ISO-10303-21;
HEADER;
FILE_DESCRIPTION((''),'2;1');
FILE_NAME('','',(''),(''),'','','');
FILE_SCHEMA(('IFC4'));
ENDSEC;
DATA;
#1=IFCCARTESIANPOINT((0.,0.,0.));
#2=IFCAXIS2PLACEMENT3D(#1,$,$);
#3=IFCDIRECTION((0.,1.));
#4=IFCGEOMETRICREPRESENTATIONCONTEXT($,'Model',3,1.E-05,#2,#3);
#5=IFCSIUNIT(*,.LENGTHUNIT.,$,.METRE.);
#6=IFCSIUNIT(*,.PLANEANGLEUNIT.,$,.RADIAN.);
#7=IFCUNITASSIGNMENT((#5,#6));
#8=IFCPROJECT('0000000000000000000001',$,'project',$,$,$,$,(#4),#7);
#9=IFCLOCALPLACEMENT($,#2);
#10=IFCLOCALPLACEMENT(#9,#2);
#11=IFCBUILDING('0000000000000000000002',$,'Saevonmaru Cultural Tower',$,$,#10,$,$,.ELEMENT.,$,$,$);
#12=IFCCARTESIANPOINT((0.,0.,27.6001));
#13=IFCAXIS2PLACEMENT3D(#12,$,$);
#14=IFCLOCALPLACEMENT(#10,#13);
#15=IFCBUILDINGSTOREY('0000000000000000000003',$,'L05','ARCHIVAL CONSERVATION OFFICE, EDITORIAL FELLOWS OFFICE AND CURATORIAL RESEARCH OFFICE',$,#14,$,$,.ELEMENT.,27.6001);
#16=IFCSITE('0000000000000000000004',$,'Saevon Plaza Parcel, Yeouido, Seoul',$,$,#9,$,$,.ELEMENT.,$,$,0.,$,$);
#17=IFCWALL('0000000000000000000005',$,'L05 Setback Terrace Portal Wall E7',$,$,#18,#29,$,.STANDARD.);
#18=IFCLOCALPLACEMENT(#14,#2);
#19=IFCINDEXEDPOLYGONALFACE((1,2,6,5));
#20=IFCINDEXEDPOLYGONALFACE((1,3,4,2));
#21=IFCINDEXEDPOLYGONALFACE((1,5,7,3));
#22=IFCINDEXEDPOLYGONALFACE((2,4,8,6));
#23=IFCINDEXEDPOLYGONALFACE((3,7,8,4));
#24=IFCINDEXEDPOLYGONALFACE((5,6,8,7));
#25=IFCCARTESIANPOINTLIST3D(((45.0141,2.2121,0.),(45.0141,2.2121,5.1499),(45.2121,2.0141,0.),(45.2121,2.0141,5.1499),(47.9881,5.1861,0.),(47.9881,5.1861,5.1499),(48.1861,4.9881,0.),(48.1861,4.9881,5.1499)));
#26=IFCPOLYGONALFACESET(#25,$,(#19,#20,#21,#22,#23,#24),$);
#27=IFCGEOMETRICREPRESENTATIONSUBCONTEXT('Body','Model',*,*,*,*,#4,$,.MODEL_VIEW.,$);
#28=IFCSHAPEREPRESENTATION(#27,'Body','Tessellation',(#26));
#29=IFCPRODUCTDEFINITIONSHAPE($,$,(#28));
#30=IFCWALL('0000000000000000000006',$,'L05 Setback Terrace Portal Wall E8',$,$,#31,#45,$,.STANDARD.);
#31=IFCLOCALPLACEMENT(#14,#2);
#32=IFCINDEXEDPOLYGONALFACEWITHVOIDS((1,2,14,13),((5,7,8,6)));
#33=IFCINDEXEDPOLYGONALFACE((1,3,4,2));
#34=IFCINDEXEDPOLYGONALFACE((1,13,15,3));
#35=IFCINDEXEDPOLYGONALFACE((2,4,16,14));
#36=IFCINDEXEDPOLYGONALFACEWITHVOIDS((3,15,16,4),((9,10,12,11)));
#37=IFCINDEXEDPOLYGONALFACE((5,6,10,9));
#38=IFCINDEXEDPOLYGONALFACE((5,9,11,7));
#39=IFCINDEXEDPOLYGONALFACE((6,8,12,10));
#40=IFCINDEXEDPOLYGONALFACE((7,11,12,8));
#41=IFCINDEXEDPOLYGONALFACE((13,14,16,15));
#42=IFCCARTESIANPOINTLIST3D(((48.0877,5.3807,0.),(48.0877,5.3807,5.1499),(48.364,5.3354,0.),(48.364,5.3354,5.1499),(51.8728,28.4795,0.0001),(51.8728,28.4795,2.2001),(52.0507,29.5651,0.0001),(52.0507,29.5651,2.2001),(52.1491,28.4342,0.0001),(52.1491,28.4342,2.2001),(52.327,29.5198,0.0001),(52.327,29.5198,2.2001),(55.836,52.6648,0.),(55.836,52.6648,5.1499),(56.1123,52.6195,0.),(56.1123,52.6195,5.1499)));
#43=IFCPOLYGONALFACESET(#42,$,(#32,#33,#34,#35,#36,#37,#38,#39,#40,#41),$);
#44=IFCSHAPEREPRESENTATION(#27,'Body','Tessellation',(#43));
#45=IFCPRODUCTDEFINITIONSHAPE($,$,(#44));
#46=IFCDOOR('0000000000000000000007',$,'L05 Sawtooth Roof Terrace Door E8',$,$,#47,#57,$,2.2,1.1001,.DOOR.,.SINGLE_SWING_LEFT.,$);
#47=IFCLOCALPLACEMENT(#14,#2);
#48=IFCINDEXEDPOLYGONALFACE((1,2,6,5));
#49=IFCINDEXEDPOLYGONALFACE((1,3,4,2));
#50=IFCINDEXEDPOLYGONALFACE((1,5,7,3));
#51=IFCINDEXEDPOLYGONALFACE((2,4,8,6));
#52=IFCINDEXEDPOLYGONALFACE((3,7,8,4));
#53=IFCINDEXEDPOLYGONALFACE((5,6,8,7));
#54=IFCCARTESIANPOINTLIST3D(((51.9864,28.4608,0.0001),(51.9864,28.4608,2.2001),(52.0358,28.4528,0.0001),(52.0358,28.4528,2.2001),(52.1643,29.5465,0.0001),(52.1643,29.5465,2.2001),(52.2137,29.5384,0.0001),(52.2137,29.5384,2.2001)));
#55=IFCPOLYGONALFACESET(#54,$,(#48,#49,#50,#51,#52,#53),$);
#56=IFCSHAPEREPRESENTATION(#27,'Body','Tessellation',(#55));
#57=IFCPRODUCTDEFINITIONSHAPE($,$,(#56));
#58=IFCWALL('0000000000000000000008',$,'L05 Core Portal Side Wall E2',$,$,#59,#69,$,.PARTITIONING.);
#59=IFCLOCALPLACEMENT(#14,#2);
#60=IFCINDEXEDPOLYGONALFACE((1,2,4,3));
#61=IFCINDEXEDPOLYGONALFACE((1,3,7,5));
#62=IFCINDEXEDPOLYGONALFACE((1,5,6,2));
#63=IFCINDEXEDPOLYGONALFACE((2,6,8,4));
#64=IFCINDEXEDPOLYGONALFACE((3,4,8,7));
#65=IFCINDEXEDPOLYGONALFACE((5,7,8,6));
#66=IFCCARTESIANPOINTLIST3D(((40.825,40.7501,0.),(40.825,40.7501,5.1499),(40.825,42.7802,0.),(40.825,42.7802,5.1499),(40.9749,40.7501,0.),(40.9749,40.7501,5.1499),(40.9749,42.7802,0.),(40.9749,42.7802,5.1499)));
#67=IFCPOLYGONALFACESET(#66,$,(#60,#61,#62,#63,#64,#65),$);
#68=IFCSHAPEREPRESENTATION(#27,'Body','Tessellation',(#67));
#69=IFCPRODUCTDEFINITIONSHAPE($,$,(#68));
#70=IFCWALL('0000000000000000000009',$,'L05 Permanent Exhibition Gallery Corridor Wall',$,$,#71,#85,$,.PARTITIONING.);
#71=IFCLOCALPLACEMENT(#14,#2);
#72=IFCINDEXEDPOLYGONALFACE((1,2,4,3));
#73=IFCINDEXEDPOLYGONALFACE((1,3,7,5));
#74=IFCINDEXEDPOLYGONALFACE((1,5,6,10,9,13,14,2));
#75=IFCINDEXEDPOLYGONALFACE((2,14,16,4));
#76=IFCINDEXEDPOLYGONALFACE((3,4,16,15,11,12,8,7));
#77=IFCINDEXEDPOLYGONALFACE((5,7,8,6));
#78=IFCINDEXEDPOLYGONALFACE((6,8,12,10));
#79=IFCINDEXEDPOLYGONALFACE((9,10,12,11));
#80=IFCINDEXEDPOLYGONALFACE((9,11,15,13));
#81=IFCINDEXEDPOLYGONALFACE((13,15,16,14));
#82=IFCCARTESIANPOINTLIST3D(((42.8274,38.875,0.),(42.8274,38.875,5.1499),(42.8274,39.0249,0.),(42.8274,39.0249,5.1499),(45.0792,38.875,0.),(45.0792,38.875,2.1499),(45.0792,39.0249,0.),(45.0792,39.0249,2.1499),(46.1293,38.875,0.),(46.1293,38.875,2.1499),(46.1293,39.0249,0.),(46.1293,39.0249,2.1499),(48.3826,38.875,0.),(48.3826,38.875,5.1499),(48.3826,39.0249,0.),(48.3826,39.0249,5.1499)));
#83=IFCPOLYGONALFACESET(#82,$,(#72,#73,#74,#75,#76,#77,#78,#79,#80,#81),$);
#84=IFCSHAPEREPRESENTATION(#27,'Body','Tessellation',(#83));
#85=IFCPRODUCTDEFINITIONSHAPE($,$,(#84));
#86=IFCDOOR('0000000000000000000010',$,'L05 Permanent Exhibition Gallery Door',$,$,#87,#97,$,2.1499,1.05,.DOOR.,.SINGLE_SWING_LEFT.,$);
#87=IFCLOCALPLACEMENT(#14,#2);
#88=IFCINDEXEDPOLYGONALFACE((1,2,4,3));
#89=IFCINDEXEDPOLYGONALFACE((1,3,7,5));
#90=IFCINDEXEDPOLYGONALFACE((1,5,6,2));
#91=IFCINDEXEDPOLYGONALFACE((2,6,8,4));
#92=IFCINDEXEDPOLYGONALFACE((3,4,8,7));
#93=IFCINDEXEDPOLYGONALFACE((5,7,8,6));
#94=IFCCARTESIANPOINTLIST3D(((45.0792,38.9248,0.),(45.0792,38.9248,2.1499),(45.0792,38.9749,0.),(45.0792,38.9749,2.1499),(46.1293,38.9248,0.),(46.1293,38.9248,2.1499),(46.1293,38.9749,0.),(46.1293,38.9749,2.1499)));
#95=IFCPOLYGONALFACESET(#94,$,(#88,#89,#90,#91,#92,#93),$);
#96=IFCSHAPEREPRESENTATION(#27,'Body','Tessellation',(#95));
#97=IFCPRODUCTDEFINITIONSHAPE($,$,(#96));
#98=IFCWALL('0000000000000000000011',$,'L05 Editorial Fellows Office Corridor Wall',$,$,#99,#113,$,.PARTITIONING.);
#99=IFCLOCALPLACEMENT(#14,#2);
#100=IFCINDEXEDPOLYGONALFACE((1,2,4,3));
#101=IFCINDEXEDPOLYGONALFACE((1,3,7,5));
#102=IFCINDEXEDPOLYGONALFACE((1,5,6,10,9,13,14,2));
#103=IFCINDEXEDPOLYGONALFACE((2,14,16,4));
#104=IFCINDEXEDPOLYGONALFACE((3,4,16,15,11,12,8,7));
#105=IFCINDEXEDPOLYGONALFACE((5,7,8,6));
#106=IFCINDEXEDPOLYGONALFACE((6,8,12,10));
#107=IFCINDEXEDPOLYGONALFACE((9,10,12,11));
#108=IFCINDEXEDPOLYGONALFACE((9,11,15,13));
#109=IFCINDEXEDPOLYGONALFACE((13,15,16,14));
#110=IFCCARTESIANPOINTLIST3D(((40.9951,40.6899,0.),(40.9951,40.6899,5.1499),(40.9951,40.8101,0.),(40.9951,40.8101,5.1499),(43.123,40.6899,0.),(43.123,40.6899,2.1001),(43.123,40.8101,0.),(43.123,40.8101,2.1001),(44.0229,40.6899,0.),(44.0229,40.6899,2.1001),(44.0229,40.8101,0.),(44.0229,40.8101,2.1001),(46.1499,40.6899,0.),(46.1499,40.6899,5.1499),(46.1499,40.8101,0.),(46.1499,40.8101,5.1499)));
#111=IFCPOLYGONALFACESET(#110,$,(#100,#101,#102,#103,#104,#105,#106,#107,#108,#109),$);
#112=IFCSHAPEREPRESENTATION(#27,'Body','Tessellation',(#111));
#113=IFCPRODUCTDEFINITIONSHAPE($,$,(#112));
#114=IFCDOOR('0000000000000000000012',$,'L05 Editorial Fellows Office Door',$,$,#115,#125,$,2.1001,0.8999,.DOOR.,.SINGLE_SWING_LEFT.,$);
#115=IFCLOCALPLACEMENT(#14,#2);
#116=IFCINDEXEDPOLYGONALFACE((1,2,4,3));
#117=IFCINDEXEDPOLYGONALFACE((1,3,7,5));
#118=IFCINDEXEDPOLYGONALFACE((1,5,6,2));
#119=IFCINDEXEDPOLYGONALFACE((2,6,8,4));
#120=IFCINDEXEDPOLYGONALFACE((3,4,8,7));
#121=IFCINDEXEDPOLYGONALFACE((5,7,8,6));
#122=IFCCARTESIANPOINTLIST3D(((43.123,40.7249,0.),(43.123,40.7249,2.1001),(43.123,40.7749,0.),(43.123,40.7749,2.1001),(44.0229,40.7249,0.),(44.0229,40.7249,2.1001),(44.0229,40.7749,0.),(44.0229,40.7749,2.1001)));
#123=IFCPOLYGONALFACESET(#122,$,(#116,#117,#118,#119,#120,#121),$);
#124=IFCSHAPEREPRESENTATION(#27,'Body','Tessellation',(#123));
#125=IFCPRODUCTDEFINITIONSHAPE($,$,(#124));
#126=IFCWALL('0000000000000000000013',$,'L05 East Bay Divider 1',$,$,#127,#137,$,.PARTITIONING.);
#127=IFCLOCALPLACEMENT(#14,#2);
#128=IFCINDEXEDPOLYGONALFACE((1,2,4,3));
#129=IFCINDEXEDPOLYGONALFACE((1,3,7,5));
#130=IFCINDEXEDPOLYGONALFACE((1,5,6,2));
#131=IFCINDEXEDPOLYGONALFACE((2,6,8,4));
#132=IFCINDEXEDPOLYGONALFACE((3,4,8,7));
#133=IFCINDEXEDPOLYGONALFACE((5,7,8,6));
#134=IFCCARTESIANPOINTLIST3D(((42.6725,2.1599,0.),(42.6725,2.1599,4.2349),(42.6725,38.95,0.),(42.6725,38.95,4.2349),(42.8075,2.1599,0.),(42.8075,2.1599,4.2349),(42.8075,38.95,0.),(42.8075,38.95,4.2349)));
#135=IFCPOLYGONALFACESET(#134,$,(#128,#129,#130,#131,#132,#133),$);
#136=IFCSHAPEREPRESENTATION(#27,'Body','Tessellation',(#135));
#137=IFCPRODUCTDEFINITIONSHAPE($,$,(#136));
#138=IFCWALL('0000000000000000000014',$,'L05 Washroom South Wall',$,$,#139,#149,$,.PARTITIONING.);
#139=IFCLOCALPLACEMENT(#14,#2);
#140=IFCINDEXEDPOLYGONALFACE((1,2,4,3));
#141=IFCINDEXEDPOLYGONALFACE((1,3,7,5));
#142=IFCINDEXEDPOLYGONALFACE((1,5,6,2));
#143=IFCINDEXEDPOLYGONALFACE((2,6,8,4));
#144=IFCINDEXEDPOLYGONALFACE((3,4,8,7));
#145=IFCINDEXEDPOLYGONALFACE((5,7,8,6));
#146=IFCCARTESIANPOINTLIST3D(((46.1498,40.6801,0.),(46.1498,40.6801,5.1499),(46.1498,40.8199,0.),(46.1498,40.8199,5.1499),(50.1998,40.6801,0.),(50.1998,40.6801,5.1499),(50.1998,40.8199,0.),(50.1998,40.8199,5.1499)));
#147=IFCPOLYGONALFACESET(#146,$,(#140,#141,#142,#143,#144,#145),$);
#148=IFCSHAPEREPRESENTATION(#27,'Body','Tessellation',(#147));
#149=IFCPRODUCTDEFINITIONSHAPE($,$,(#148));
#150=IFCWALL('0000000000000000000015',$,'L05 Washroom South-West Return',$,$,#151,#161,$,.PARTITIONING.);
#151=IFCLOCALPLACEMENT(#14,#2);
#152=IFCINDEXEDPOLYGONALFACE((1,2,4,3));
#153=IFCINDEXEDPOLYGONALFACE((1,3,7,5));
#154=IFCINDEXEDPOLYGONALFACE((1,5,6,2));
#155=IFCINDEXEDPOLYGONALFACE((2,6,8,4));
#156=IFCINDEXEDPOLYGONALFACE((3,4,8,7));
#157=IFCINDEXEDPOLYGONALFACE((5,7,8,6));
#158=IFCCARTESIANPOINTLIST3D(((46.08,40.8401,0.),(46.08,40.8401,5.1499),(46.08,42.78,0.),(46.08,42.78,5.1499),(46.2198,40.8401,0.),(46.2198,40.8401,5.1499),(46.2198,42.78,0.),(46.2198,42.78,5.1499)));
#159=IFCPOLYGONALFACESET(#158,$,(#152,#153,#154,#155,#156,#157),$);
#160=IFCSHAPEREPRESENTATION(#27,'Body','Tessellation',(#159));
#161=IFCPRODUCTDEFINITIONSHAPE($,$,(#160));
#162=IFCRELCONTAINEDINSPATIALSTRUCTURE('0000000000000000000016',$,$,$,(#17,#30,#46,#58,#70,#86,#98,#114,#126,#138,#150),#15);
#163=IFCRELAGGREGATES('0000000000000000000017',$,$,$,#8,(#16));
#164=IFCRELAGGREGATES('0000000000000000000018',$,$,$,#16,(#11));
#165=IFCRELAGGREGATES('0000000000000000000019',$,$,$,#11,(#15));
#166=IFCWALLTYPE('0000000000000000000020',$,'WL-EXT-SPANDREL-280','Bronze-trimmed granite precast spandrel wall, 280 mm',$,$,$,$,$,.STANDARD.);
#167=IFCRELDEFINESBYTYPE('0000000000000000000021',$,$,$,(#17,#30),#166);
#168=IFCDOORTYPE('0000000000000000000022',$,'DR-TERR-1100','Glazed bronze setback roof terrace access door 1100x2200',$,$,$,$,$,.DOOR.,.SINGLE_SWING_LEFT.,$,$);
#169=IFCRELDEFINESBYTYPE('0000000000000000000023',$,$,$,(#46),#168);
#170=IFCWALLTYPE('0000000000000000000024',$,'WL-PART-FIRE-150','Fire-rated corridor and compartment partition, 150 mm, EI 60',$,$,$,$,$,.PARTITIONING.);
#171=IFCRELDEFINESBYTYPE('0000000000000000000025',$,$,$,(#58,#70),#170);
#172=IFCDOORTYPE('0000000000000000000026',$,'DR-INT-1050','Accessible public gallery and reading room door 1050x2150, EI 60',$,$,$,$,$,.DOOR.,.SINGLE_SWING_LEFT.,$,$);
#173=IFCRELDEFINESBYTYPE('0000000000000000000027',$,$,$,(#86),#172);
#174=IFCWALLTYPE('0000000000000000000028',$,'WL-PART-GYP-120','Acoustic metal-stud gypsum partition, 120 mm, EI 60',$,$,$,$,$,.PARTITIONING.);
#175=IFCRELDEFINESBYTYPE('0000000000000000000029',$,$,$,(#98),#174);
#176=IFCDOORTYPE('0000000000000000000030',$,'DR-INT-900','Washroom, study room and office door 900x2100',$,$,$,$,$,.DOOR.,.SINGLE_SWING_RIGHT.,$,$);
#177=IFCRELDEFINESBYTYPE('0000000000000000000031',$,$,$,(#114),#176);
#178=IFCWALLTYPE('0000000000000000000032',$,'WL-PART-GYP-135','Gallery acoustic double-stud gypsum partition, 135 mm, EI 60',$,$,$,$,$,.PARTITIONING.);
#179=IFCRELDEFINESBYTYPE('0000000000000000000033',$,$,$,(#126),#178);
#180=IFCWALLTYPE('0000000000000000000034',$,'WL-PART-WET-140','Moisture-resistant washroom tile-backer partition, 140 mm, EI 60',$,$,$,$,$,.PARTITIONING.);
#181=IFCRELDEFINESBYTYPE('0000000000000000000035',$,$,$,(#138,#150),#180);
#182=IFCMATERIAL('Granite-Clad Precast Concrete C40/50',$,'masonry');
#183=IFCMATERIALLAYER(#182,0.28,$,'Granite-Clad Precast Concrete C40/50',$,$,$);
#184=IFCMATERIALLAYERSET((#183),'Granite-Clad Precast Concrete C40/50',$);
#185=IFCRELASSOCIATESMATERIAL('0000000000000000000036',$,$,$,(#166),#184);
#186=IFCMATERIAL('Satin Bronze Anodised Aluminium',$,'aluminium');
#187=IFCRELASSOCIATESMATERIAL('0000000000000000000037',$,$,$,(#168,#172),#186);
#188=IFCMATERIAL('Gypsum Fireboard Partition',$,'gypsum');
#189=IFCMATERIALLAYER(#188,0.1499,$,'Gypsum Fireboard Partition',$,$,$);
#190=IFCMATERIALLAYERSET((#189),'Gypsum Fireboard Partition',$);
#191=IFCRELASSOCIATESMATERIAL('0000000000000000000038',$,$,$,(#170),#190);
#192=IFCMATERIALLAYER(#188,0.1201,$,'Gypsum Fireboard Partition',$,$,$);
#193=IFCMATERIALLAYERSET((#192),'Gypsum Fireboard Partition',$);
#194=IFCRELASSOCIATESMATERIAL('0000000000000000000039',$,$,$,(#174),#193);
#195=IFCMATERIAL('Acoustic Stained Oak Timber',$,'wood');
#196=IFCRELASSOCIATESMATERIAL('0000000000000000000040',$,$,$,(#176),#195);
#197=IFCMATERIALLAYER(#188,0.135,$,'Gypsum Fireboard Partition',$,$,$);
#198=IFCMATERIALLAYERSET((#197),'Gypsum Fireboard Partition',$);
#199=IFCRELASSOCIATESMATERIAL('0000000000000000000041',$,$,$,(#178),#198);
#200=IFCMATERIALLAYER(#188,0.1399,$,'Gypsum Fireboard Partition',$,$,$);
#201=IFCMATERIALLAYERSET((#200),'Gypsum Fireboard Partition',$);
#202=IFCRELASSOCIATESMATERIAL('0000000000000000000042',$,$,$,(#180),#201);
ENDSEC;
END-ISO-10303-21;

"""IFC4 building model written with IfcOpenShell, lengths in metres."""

from ifc_helpers import new_model, si_unit, direction, frame, frame_2d, origin, place, context, subcontext, project, spatial, rectangle, extrude, material, layer, layer_set, type_object, element, fill, save


model = new_model("IFC4")

# Units and contexts
model_context = context("Model", 3, precision=1e-05, world=origin(), true_north=direction((0.0, 1.0)))
body_context = subcontext(model_context, "Body", "Model", "MODEL_VIEW")
ifc_project = project(units=[si_unit("LENGTHUNIT", "METRE"), si_unit("PLANEANGLEUNIT", "RADIAN")], contexts=[model_context])

# Site, building, storey
site_placement = place(None, origin())
site = spatial("IfcSite", under=ifc_project, at=site_placement, Name="Saevon Plaza Parcel, Yeouido, Seoul", CompositionType="ELEMENT", RefElevation=0.0)
building_placement = place(site_placement, origin())
building = spatial("IfcBuilding", under=site, at=building_placement, Name="Saevonmaru Cultural Tower", CompositionType="ELEMENT")
storey_placement = place(building_placement, frame((0.0, 0.0, 27.6001)))
storey = spatial("IfcBuildingStorey", under=building, at=storey_placement, Name="L05", Description="ARCHIVAL CONSERVATION OFFICE, EDITORIAL FELLOWS OFFICE AND CURATORIAL RESEARCH OFFICE", CompositionType="ELEMENT", Elevation=27.6001)

# Wall
ifc_material_1 = material(Name="Granite-Clad Precast Concrete C40/50", Category="masonry")
ifc_layer_1 = layer(ifc_material_1, 0.28, Name="Granite-Clad Precast Concrete C40/50")
ifc_layer_set_1 = layer_set([ifc_layer_1], Name="Granite-Clad Precast Concrete C40/50")
wall_type_1 = type_object("IfcWallType", Name="WL-EXT-SPANDREL-280", Description="Bronze-trimmed granite precast spandrel wall, 280 mm", PredefinedType="STANDARD", material=ifc_layer_set_1)
wall_1_placement = place(storey_placement, frame((45.113, 2.113, 0.0), z_axis=(0.0, 0.0, 1.0), x_axis=(0.707107, 0.707107, 0.0)))
element("IfcWall", 1, at=wall_1_placement, inside=storey, type_object=wall_type_1, Name="L05 Setback Terrace Portal Wall E7", PredefinedType="STANDARD", context=body_context, shape_type="SweptSolid", body=[
    extrude(rectangle(XDim=4.2058, YDim=0.28, at=frame_2d((2.103, 0.0))), origin(), (0.0, 0.0, 1.0), 5.1499),
])

# Wall, opening, door
wall_2_placement = place(storey_placement, frame((48.2258, 5.3579, 0.0), z_axis=(0.0, 0.0, 1.0), x_axis=(0.16171, 0.986838, 0.0)))
wall_2 = element("IfcWall", 2, at=wall_2_placement, inside=storey, type_object=wall_type_1, Name="L05 Setback Terrace Portal Wall E8", PredefinedType="STANDARD", context=body_context, shape_type="SweptSolid", body=[
    extrude(rectangle(XDim=47.9148, YDim=0.28, at=frame_2d((23.9575, 0.0))), origin(), (0.0, 0.0, 1.0), 5.1499),
])
opening_1_placement = place(wall_2_placement, frame((23.407, 0.0, 0.0)))
opening_1 = element("IfcOpeningElement", 3, at=opening_1_placement, cuts=wall_2, PredefinedType="OPENING", context=body_context, shape_type="SweptSolid", body=[
    extrude(rectangle(XDim=1.1001, YDim=2.2, at=frame_2d((0.55, 1.1001))), frame((0.0, 0.1499, 0.0), z_axis=(0.0, -1.0, 0.0), x_axis=(1.0, 0.0, 0.0)), (0.0, 0.0, 1.0), 0.3),
])
ifc_material_2 = material(Name="Satin Bronze Anodised Aluminium", Category="aluminium")
door_type_1 = type_object("IfcDoorType", Name="DR-TERR-1100", Description="Glazed bronze setback roof terrace access door 1100x2200", OperationType="SINGLE_SWING_LEFT", PredefinedType="DOOR", material=ifc_material_2)
door_1_placement = place(opening_1_placement, origin())
door_1 = element("IfcDoor", 4, at=door_1_placement, inside=storey, type_object=door_type_1, Name="L05 Sawtooth Roof Terrace Door E8", OperationType="SINGLE_SWING_LEFT", OverallHeight=2.2, OverallWidth=1.1001, PredefinedType="DOOR", context=body_context, shape_type="SweptSolid", body=[
    extrude(rectangle(XDim=1.1001, YDim=2.2, at=frame_2d((0.55, 1.1001))), frame((0.0, 0.0249, 0.0), z_axis=(0.0, -1.0, 0.0), x_axis=(1.0, 0.0, 0.0)), (0.0, 0.0, 1.0), 0.05),
])
fill(opening_1, door_1)

# Wall
ifc_material_3 = material(Name="Gypsum Fireboard Partition", Category="gypsum")
ifc_layer_2 = layer(ifc_material_3, 0.1499, Name="Gypsum Fireboard Partition")
ifc_layer_set_2 = layer_set([ifc_layer_2], Name="Gypsum Fireboard Partition")
wall_type_2 = type_object("IfcWallType", Name="WL-PART-FIRE-150", Description="Fire-rated corridor and compartment partition, 150 mm, EI 60", PredefinedType="PARTITIONING", material=ifc_layer_set_2)
wall_3_placement = place(storey_placement, frame((40.8999, 40.75, 0.0), z_axis=(0.0, 0.0, 1.0), x_axis=(0.0, 1.0, 0.0)))
element("IfcWall", 5, at=wall_3_placement, inside=storey, type_object=wall_type_2, Name="L05 Core Portal Side Wall E2", PredefinedType="PARTITIONING", context=body_context, shape_type="SweptSolid", body=[
    extrude(rectangle(XDim=2.03, YDim=0.1499, at=frame_2d((1.0151, 0.0))), origin(), (0.0, 0.0, 1.0), 5.1499),
])

# Walls, openings, doors
wall_4_placement = place(storey_placement, frame((42.8274, 38.95, 0.0), z_axis=(0.0, 0.0, 1.0), x_axis=(1.0, 0.0, 0.0)))
wall_4 = element("IfcWall", 6, at=wall_4_placement, inside=storey, type_object=wall_type_2, Name="L05 Permanent Exhibition Gallery Corridor Wall", PredefinedType="PARTITIONING", context=body_context, shape_type="SweptSolid", body=[
    extrude(rectangle(XDim=5.5552, YDim=0.1499, at=frame_2d((2.7776, 0.0))), origin(), (0.0, 0.0, 1.0), 5.1499),
])
opening_2_placement = place(wall_4_placement, frame((2.252, 0.0, 0.0)))
opening_2 = element("IfcOpeningElement", 7, at=opening_2_placement, cuts=wall_4, PredefinedType="OPENING", context=body_context, shape_type="SweptSolid", body=[
    extrude(rectangle(XDim=1.05, YDim=2.1499, at=frame_2d((0.5249, 1.075))), frame((0.0, 0.085, 0.0), z_axis=(0.0, -1.0, 0.0), x_axis=(1.0, 0.0, 0.0)), (0.0, 0.0, 1.0), 0.1699),
])
door_type_2 = type_object("IfcDoorType", Name="DR-INT-1050", Description="Accessible public gallery and reading room door 1050x2150, EI 60", OperationType="SINGLE_SWING_LEFT", PredefinedType="DOOR", material=ifc_material_2)
door_2_placement = place(opening_2_placement, origin())
door_2 = element("IfcDoor", 8, at=door_2_placement, inside=storey, type_object=door_type_2, Name="L05 Permanent Exhibition Gallery Door", OperationType="SINGLE_SWING_LEFT", OverallHeight=2.1499, OverallWidth=1.05, PredefinedType="DOOR", context=body_context, shape_type="SweptSolid", body=[
    extrude(rectangle(XDim=1.05, YDim=2.1499, at=frame_2d((0.5249, 1.075))), frame((0.0, 0.0249, 0.0), z_axis=(0.0, -1.0, 0.0), x_axis=(1.0, 0.0, 0.0)), (0.0, 0.0, 1.0), 0.05),
])
fill(opening_2, door_2)
ifc_layer_3 = layer(ifc_material_3, 0.1201, Name="Gypsum Fireboard Partition")
ifc_layer_set_3 = layer_set([ifc_layer_3], Name="Gypsum Fireboard Partition")
wall_type_3 = type_object("IfcWallType", Name="WL-PART-GYP-120", Description="Acoustic metal-stud gypsum partition, 120 mm, EI 60", PredefinedType="PARTITIONING", material=ifc_layer_set_3)
wall_5_placement = place(storey_placement, frame((40.9951, 40.75, 0.0), z_axis=(0.0, 0.0, 1.0), x_axis=(1.0, 0.0, 0.0)))
wall_5 = element("IfcWall", 9, at=wall_5_placement, inside=storey, type_object=wall_type_3, Name="L05 Editorial Fellows Office Corridor Wall", PredefinedType="PARTITIONING", context=body_context, shape_type="SweptSolid", body=[
    extrude(rectangle(XDim=5.1548, YDim=0.1201, at=frame_2d((2.5774, 0.0))), origin(), (0.0, 0.0, 1.0), 5.1499),
])
opening_3_placement = place(wall_5_placement, frame((2.1279, 0.0, 0.0)))
opening_3 = element("IfcOpeningElement", 10, at=opening_3_placement, cuts=wall_5, PredefinedType="OPENING", context=body_context, shape_type="SweptSolid", body=[
    extrude(rectangle(XDim=0.8999, YDim=2.1001, at=frame_2d((0.45, 1.05))), frame((0.0, 0.0701, 0.0), z_axis=(0.0, -1.0, 0.0), x_axis=(1.0, 0.0, 0.0)), (0.0, 0.0, 1.0), 0.1401),
])
ifc_material_4 = material(Name="Acoustic Stained Oak Timber", Category="wood")
door_type_3 = type_object("IfcDoorType", Name="DR-INT-900", Description="Washroom, study room and office door 900x2100", OperationType="SINGLE_SWING_RIGHT", PredefinedType="DOOR", material=ifc_material_4)
door_3_placement = place(opening_3_placement, origin())
door_3 = element("IfcDoor", 11, at=door_3_placement, inside=storey, type_object=door_type_3, Name="L05 Editorial Fellows Office Door", OperationType="SINGLE_SWING_LEFT", OverallHeight=2.1001, OverallWidth=0.8999, PredefinedType="DOOR", context=body_context, shape_type="SweptSolid", body=[
    extrude(rectangle(XDim=0.8999, YDim=2.1001, at=frame_2d((0.45, 1.05))), frame((0.0, 0.0249, 0.0), z_axis=(0.0, -1.0, 0.0), x_axis=(1.0, 0.0, 0.0)), (0.0, 0.0, 1.0), 0.05),
])
fill(opening_3, door_3)

# Walls
ifc_layer_4 = layer(ifc_material_3, 0.135, Name="Gypsum Fireboard Partition")
ifc_layer_set_4 = layer_set([ifc_layer_4], Name="Gypsum Fireboard Partition")
wall_type_4 = type_object("IfcWallType", Name="WL-PART-GYP-135", Description="Gallery acoustic double-stud gypsum partition, 135 mm, EI 60", PredefinedType="PARTITIONING", material=ifc_layer_set_4)
wall_6_placement = place(storey_placement, frame((42.74, 2.1599, 0.0), z_axis=(0.0, 0.0, 1.0), x_axis=(0.0, 1.0, 0.0)))
element("IfcWall", 12, at=wall_6_placement, inside=storey, type_object=wall_type_4, Name="L05 East Bay Divider 1", PredefinedType="PARTITIONING", context=body_context, shape_type="SweptSolid", body=[
    extrude(rectangle(XDim=36.79, YDim=0.135, at=frame_2d((18.395, 0.0))), origin(), (0.0, 0.0, 1.0), 4.2349),
])
ifc_layer_5 = layer(ifc_material_3, 0.1399, Name="Gypsum Fireboard Partition")
ifc_layer_set_5 = layer_set([ifc_layer_5], Name="Gypsum Fireboard Partition")
wall_type_5 = type_object("IfcWallType", Name="WL-PART-WET-140", Description="Moisture-resistant washroom tile-backer partition, 140 mm, EI 60", PredefinedType="PARTITIONING", material=ifc_layer_set_5)
wall_7_placement = place(storey_placement, frame((46.1499, 40.75, 0.0), z_axis=(0.0, 0.0, 1.0), x_axis=(1.0, 0.0, 0.0)))
element("IfcWall", 13, at=wall_7_placement, inside=storey, type_object=wall_type_5, Name="L05 Washroom South Wall", PredefinedType="PARTITIONING", context=body_context, shape_type="SweptSolid", body=[
    extrude(rectangle(XDim=4.05, YDim=0.1399, at=frame_2d((2.0249, 0.0))), origin(), (0.0, 0.0, 1.0), 5.1499),
])
wall_8_placement = place(storey_placement, frame((46.1499, 40.8401, 0.0), z_axis=(0.0, 0.0, 1.0), x_axis=(0.0, 1.0, 0.0)))
element("IfcWall", 14, at=wall_8_placement, inside=storey, type_object=wall_type_5, Name="L05 Washroom South-West Return", PredefinedType="PARTITIONING", context=body_context, shape_type="SweptSolid", body=[
    extrude(rectangle(XDim=1.9399, YDim=0.1399, at=frame_2d((0.97, 0.0))), origin(), (0.0, 0.0, 1.0), 5.1499),
])

save(model, "model.ifc")
